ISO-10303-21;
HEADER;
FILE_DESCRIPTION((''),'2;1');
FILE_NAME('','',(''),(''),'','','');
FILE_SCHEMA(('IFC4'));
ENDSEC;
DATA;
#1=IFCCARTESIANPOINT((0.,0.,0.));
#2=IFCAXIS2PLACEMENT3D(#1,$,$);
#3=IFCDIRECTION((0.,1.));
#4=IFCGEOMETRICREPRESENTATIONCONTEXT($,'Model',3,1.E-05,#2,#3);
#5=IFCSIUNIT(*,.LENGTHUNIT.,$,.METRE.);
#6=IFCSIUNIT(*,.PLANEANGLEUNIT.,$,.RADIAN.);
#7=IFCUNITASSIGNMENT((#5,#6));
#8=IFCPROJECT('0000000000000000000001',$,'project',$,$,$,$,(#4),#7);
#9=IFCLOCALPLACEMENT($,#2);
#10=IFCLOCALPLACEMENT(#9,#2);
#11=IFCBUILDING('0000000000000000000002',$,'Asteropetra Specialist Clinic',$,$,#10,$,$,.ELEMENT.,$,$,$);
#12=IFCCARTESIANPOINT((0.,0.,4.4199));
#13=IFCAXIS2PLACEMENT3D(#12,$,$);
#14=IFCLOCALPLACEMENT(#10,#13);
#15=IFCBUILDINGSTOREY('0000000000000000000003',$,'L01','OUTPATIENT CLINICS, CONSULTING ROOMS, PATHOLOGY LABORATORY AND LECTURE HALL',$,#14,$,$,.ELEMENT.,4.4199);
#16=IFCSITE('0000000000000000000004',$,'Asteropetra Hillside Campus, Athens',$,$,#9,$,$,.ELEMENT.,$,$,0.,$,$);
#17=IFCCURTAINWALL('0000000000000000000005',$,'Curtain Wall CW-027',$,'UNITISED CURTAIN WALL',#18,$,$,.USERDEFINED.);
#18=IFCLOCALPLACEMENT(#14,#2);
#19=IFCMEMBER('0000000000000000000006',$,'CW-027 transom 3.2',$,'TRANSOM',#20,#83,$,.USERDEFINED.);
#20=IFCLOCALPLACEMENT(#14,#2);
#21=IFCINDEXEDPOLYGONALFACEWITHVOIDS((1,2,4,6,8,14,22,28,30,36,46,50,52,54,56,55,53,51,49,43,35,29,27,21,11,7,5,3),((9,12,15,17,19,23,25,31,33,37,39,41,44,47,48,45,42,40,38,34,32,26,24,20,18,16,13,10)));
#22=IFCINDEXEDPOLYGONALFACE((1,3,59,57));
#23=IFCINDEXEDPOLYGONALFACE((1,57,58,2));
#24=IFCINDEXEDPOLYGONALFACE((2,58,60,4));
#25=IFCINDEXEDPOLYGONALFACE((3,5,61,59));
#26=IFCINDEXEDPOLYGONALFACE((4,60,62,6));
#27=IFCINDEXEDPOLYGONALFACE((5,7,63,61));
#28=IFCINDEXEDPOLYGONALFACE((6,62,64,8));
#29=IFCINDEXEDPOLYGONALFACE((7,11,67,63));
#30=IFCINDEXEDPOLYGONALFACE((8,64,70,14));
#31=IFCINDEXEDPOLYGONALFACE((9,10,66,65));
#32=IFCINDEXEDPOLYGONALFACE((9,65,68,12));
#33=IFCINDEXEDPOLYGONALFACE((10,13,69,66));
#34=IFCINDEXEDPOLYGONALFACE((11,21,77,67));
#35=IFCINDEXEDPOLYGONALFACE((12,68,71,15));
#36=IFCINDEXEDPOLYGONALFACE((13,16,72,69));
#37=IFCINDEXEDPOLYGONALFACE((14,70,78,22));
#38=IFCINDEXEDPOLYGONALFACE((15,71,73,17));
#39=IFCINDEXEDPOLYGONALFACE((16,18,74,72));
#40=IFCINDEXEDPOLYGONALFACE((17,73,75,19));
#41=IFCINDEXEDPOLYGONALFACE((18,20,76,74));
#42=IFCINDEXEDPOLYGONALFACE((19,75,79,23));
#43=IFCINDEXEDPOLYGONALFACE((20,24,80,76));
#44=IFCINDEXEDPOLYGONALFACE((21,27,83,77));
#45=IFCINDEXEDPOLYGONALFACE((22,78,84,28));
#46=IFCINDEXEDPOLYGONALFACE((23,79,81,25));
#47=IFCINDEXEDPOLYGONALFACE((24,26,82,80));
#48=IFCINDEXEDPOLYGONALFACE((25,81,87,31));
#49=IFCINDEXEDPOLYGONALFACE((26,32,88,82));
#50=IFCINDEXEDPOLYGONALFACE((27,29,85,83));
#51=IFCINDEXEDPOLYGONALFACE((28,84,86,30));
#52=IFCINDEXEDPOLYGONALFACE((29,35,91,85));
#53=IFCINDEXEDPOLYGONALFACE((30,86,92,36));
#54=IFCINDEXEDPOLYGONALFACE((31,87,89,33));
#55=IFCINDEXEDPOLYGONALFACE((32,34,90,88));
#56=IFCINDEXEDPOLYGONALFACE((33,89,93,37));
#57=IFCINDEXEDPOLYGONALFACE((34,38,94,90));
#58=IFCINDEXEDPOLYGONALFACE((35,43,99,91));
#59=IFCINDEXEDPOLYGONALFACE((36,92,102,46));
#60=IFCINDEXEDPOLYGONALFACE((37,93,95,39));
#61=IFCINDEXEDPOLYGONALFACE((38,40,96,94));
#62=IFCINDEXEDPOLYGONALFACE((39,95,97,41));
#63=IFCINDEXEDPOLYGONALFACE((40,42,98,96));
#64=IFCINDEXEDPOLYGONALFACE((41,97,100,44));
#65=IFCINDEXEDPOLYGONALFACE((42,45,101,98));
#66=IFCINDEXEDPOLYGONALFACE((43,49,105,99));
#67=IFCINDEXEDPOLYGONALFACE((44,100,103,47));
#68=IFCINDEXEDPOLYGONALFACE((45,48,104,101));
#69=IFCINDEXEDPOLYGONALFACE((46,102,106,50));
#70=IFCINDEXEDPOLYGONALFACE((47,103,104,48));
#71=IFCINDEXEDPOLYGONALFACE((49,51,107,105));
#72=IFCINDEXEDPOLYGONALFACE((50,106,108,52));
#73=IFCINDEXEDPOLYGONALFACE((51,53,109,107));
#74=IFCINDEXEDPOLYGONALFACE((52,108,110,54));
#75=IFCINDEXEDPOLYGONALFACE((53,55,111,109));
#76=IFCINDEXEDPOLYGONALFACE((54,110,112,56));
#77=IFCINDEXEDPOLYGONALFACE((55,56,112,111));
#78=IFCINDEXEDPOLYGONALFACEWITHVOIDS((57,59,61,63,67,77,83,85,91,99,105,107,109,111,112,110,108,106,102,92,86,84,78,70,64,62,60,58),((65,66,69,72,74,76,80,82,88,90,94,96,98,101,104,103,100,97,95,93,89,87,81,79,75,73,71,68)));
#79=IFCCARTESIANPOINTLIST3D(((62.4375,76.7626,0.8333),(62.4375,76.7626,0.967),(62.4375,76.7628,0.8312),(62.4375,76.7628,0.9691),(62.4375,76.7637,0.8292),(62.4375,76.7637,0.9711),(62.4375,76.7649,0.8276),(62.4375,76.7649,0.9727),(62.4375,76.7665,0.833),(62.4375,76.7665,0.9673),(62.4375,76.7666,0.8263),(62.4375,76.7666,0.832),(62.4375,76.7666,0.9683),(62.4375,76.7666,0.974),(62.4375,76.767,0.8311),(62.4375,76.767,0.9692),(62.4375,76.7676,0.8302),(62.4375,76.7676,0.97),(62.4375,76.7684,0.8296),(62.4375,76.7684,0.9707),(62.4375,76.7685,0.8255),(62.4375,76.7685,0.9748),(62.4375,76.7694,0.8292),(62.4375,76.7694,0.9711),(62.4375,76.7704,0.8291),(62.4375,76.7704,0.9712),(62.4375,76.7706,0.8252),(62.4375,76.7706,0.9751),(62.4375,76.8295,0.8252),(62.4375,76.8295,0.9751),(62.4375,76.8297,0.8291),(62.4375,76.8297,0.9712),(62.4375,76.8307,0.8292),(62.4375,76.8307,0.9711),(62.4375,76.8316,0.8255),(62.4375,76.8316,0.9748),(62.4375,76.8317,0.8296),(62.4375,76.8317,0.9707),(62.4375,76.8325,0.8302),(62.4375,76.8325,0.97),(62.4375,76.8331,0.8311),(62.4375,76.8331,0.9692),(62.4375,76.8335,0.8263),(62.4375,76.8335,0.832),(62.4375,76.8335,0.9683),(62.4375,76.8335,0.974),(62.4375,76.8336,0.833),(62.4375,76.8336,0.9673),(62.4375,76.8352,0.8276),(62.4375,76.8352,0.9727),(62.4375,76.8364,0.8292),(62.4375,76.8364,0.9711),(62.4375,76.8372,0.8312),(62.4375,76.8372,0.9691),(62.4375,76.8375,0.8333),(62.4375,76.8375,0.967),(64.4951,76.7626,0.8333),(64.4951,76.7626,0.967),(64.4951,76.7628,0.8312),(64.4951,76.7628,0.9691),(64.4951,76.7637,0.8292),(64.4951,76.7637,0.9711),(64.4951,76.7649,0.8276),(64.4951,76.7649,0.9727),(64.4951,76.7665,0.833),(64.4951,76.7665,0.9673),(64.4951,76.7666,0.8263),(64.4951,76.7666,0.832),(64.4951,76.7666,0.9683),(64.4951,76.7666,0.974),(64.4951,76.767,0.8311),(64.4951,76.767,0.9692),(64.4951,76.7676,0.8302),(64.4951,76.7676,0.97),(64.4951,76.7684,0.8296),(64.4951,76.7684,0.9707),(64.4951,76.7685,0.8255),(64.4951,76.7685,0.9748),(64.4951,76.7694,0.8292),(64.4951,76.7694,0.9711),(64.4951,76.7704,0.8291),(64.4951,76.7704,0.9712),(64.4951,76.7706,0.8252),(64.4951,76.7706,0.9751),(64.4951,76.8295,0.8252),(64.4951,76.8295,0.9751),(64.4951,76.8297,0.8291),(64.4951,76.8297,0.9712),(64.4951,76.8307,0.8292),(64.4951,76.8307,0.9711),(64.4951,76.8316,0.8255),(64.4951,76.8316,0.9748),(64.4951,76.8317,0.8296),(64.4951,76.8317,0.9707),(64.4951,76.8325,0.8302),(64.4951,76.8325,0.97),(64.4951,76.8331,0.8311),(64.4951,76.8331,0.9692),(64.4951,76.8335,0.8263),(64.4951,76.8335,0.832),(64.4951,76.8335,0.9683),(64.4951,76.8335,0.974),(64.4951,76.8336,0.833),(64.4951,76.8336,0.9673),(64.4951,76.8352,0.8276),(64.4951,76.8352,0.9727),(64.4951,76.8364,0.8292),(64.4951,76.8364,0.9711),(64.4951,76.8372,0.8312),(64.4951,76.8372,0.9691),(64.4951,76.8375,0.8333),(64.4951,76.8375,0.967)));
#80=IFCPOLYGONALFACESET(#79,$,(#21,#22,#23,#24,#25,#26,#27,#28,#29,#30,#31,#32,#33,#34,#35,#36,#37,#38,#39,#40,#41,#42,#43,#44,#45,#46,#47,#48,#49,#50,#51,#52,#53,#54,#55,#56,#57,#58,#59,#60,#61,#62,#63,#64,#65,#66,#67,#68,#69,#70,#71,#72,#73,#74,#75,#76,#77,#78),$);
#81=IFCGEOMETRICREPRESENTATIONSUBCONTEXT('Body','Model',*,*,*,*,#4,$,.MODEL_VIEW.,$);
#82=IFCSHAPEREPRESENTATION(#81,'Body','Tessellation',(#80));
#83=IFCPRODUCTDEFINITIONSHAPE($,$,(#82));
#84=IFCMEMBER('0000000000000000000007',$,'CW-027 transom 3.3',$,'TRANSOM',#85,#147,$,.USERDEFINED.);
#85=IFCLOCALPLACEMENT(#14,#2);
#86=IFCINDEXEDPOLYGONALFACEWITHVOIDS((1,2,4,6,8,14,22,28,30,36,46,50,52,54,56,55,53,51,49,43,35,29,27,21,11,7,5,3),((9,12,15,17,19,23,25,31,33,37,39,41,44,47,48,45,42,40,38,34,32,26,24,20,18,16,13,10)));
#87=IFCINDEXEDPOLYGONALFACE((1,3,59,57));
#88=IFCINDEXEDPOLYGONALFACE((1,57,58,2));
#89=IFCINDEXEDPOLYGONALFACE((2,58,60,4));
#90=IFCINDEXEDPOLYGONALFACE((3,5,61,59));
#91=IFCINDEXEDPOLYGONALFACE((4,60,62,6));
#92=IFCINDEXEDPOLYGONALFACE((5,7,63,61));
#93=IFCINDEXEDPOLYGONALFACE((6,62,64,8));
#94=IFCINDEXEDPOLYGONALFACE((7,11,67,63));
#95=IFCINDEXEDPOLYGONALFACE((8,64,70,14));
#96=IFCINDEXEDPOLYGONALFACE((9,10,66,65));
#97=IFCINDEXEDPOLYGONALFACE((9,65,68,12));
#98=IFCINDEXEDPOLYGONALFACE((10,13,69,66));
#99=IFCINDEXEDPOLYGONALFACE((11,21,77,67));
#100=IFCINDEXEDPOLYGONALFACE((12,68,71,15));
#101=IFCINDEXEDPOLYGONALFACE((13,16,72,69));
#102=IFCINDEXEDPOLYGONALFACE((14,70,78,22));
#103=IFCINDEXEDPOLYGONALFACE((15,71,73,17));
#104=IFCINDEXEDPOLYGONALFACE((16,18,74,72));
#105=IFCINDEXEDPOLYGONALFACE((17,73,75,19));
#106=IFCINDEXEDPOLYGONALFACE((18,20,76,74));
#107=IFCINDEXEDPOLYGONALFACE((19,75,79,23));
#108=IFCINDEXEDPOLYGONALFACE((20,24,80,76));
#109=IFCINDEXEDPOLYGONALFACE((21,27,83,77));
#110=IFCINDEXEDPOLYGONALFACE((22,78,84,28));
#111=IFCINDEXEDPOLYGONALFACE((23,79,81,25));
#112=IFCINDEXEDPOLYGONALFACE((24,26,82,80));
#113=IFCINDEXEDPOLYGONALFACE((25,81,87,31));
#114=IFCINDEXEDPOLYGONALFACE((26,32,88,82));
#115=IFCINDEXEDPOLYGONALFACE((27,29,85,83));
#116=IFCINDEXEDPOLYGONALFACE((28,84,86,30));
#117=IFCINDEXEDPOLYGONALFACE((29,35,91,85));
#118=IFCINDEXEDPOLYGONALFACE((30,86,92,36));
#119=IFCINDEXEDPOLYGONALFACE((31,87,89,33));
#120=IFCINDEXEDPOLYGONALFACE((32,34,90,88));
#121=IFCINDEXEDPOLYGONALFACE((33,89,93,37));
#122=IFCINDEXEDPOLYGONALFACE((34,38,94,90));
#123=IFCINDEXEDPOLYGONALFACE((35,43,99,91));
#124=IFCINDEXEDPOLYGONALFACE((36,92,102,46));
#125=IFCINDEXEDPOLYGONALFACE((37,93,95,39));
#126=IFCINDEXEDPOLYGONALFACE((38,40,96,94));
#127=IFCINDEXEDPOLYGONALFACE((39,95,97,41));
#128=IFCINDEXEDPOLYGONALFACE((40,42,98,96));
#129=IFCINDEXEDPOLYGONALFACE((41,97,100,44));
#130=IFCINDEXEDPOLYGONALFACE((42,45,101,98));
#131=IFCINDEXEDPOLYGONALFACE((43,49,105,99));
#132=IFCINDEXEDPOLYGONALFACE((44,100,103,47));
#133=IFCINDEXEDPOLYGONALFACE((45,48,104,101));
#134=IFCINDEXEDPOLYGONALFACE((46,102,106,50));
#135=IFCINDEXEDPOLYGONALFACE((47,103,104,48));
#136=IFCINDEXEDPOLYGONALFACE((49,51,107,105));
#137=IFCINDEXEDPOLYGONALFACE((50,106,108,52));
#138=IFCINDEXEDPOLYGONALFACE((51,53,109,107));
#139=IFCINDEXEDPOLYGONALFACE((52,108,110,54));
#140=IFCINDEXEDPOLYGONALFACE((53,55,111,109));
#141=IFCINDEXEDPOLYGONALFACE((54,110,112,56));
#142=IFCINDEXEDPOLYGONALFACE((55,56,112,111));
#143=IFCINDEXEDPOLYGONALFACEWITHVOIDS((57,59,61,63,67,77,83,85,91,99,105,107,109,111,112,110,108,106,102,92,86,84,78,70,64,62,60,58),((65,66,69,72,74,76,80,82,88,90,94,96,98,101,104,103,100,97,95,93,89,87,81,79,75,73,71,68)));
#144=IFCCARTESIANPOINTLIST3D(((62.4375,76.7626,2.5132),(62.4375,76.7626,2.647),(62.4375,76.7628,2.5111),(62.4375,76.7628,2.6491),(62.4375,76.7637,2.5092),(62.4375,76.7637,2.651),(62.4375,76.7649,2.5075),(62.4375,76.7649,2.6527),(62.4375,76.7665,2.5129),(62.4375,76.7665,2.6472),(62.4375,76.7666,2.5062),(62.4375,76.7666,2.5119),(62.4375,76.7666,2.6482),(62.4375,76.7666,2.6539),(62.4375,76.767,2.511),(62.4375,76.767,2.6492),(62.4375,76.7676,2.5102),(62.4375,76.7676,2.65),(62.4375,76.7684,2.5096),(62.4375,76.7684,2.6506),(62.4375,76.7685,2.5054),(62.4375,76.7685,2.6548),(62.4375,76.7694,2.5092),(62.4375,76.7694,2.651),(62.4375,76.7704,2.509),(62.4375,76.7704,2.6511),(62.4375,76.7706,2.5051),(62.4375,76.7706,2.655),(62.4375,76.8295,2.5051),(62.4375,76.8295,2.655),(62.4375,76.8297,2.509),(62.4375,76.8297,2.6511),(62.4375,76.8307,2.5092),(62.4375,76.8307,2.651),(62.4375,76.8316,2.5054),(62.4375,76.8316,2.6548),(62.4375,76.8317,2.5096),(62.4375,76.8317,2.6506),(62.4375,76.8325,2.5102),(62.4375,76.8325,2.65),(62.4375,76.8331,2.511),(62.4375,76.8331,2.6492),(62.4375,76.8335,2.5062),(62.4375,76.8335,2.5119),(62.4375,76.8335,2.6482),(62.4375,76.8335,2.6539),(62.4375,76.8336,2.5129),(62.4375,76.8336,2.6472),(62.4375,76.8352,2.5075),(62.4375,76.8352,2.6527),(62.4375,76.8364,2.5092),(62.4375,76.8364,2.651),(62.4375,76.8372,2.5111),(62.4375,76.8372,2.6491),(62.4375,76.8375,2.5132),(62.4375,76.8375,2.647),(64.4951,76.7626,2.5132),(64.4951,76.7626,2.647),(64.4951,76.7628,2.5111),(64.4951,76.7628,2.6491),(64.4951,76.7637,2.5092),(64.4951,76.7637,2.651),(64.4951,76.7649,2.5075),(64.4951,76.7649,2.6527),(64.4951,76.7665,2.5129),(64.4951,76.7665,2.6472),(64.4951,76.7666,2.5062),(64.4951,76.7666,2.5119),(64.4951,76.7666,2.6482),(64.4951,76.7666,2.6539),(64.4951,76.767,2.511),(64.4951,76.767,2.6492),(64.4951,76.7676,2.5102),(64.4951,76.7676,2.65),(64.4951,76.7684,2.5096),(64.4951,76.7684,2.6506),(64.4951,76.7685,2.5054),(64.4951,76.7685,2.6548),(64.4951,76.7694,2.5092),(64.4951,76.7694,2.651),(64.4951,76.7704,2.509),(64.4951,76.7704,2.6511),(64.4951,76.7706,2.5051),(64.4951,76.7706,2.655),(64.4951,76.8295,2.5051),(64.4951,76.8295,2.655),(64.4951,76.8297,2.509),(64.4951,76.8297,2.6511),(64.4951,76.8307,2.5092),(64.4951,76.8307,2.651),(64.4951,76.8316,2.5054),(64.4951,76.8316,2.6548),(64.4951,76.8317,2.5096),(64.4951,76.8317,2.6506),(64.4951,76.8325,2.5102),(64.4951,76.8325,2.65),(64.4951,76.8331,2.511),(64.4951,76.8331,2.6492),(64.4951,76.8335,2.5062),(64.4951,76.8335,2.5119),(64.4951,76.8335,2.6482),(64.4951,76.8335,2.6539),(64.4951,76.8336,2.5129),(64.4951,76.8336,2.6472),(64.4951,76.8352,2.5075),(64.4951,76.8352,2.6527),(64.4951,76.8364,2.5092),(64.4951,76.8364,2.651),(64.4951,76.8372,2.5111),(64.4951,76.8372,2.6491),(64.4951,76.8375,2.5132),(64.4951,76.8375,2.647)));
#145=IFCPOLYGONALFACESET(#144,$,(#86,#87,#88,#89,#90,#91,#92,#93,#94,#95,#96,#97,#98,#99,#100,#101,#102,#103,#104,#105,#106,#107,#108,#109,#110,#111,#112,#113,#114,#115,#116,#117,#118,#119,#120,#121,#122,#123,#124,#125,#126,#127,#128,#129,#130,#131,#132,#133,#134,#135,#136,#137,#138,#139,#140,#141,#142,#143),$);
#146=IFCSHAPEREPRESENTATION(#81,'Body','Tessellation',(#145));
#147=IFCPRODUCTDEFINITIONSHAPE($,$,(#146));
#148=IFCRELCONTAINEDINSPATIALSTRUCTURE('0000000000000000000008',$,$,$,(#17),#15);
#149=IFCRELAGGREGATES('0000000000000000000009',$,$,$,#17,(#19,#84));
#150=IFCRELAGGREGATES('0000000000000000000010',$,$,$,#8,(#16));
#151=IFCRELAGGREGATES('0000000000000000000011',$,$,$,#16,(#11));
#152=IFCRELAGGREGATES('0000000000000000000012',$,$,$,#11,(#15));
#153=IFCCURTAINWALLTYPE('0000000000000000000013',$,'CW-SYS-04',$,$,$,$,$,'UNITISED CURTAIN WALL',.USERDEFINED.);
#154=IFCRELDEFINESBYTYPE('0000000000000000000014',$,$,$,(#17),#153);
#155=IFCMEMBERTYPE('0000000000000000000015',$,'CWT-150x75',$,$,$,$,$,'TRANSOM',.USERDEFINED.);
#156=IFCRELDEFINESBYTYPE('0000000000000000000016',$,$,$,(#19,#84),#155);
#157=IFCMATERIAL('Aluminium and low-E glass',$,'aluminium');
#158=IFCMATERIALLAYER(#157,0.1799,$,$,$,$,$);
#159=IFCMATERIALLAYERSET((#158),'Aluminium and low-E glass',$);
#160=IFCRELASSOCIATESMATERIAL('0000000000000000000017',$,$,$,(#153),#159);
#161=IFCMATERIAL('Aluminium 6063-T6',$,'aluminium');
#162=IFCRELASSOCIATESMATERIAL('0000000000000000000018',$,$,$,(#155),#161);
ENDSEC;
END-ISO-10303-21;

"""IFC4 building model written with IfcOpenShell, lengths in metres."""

from ifc_helpers import new_model, si_unit, direction, frame, origin, origin_2d, place, context, subcontext, project, spatial, hollow_rectangle, extrude, material, layer, layer_set, material_profile, profile_set, type_object, element, aggregate, save


model = new_model("IFC4")

# Units and contexts
model_context = context("Model", 3, precision=1e-05, world=origin(), true_north=direction((0.0, 1.0)))
body_context = subcontext(model_context, "Body", "Model", "MODEL_VIEW")
ifc_project = project(units=[si_unit("LENGTHUNIT", "METRE"), si_unit("PLANEANGLEUNIT", "RADIAN")], contexts=[model_context])

# Site, building, storey
site_placement = place(None, origin())
site = spatial("IfcSite", under=ifc_project, at=site_placement, Name="Asteropetra Hillside Campus, Athens", CompositionType="ELEMENT", RefElevation=0.0)
building_placement = place(site_placement, origin())
building = spatial("IfcBuilding", under=site, at=building_placement, Name="Asteropetra Specialist Clinic", CompositionType="ELEMENT")
storey_placement = place(building_placement, frame((0.0, 0.0, 4.4199)))
storey = spatial("IfcBuildingStorey", under=building, at=storey_placement, Name="L01", Description="OUTPATIENT CLINICS, CONSULTING ROOMS, PATHOLOGY LABORATORY AND LECTURE HALL", CompositionType="ELEMENT", Elevation=4.4199)

# Curtain wall, members
ifc_material_1 = material(Name="Aluminium and low-E glass", Category="aluminium")
ifc_layer_1 = layer(ifc_material_1, 0.1799)
ifc_layer_set_1 = layer_set([ifc_layer_1], Name="Aluminium and low-E glass")
curtain_wall_type = type_object("IfcCurtainWallType", Name="CW-SYS-04", ElementType="UNITISED CURTAIN WALL", PredefinedType="USERDEFINED", material=ifc_layer_set_1)
curtain_wall_placement = place(storey_placement, origin())
curtain_wall = element("IfcCurtainWall", 1, at=curtain_wall_placement, inside=storey, type_object=curtain_wall_type, Name="Curtain Wall CW-027", ObjectType="UNITISED CURTAIN WALL", PredefinedType="USERDEFINED")
ifc_material_2 = material(Name="Aluminium 6063-T6", Category="aluminium")
ifc_material_profile_1 = material_profile(ifc_material_2, hollow_rectangle(XDim=0.075, YDim=0.1499, WallThickness=0.0039, InnerFilletRadius=0.0039, OuterFilletRadius=0.0081, at=origin_2d()), Name="TRN 150x75x4.0")
ifc_profile_set_1 = profile_set([ifc_material_profile_1], Name="Aluminium 6063-T6")
member_type_1 = type_object("IfcMemberType", Name="CWT-150x75", ElementType="TRANSOM", PredefinedType="USERDEFINED", material=ifc_profile_set_1)
member_1_placement = place(storey_placement, frame((62.4375, 76.8, 0.9001), z_axis=(1.0, 0.0, 0.0), x_axis=(0.0, 1.0, 0.0)))
member_1 = element("IfcMember", 2, at=member_1_placement, type_object=member_type_1, Name="CW-027 transom 3.2", ObjectType="TRANSOM", PredefinedType="USERDEFINED", context=body_context, shape_type="SweptSolid", body=[
    extrude(hollow_rectangle(XDim=0.075, YDim=0.1499, WallThickness=0.0039, InnerFilletRadius=0.0039, OuterFilletRadius=0.0081, at=origin_2d()), origin(), (0.0, 0.0, 1.0), 2.0576),
])
member_2_placement = place(storey_placement, frame((62.4375, 76.8, 2.5801), z_axis=(1.0, 0.0, 0.0), x_axis=(0.0, 1.0, 0.0)))
member_2 = element("IfcMember", 3, at=member_2_placement, type_object=member_type_1, Name="CW-027 transom 3.3", ObjectType="TRANSOM", PredefinedType="USERDEFINED", context=body_context, shape_type="SweptSolid", body=[
    extrude(hollow_rectangle(XDim=0.075, YDim=0.1499, WallThickness=0.0039, InnerFilletRadius=0.0039, OuterFilletRadius=0.0081, at=origin_2d()), origin(), (0.0, 0.0, 1.0), 2.0576),
])
aggregate(curtain_wall, [member_1, member_2])

save(model, "model.ifc")
